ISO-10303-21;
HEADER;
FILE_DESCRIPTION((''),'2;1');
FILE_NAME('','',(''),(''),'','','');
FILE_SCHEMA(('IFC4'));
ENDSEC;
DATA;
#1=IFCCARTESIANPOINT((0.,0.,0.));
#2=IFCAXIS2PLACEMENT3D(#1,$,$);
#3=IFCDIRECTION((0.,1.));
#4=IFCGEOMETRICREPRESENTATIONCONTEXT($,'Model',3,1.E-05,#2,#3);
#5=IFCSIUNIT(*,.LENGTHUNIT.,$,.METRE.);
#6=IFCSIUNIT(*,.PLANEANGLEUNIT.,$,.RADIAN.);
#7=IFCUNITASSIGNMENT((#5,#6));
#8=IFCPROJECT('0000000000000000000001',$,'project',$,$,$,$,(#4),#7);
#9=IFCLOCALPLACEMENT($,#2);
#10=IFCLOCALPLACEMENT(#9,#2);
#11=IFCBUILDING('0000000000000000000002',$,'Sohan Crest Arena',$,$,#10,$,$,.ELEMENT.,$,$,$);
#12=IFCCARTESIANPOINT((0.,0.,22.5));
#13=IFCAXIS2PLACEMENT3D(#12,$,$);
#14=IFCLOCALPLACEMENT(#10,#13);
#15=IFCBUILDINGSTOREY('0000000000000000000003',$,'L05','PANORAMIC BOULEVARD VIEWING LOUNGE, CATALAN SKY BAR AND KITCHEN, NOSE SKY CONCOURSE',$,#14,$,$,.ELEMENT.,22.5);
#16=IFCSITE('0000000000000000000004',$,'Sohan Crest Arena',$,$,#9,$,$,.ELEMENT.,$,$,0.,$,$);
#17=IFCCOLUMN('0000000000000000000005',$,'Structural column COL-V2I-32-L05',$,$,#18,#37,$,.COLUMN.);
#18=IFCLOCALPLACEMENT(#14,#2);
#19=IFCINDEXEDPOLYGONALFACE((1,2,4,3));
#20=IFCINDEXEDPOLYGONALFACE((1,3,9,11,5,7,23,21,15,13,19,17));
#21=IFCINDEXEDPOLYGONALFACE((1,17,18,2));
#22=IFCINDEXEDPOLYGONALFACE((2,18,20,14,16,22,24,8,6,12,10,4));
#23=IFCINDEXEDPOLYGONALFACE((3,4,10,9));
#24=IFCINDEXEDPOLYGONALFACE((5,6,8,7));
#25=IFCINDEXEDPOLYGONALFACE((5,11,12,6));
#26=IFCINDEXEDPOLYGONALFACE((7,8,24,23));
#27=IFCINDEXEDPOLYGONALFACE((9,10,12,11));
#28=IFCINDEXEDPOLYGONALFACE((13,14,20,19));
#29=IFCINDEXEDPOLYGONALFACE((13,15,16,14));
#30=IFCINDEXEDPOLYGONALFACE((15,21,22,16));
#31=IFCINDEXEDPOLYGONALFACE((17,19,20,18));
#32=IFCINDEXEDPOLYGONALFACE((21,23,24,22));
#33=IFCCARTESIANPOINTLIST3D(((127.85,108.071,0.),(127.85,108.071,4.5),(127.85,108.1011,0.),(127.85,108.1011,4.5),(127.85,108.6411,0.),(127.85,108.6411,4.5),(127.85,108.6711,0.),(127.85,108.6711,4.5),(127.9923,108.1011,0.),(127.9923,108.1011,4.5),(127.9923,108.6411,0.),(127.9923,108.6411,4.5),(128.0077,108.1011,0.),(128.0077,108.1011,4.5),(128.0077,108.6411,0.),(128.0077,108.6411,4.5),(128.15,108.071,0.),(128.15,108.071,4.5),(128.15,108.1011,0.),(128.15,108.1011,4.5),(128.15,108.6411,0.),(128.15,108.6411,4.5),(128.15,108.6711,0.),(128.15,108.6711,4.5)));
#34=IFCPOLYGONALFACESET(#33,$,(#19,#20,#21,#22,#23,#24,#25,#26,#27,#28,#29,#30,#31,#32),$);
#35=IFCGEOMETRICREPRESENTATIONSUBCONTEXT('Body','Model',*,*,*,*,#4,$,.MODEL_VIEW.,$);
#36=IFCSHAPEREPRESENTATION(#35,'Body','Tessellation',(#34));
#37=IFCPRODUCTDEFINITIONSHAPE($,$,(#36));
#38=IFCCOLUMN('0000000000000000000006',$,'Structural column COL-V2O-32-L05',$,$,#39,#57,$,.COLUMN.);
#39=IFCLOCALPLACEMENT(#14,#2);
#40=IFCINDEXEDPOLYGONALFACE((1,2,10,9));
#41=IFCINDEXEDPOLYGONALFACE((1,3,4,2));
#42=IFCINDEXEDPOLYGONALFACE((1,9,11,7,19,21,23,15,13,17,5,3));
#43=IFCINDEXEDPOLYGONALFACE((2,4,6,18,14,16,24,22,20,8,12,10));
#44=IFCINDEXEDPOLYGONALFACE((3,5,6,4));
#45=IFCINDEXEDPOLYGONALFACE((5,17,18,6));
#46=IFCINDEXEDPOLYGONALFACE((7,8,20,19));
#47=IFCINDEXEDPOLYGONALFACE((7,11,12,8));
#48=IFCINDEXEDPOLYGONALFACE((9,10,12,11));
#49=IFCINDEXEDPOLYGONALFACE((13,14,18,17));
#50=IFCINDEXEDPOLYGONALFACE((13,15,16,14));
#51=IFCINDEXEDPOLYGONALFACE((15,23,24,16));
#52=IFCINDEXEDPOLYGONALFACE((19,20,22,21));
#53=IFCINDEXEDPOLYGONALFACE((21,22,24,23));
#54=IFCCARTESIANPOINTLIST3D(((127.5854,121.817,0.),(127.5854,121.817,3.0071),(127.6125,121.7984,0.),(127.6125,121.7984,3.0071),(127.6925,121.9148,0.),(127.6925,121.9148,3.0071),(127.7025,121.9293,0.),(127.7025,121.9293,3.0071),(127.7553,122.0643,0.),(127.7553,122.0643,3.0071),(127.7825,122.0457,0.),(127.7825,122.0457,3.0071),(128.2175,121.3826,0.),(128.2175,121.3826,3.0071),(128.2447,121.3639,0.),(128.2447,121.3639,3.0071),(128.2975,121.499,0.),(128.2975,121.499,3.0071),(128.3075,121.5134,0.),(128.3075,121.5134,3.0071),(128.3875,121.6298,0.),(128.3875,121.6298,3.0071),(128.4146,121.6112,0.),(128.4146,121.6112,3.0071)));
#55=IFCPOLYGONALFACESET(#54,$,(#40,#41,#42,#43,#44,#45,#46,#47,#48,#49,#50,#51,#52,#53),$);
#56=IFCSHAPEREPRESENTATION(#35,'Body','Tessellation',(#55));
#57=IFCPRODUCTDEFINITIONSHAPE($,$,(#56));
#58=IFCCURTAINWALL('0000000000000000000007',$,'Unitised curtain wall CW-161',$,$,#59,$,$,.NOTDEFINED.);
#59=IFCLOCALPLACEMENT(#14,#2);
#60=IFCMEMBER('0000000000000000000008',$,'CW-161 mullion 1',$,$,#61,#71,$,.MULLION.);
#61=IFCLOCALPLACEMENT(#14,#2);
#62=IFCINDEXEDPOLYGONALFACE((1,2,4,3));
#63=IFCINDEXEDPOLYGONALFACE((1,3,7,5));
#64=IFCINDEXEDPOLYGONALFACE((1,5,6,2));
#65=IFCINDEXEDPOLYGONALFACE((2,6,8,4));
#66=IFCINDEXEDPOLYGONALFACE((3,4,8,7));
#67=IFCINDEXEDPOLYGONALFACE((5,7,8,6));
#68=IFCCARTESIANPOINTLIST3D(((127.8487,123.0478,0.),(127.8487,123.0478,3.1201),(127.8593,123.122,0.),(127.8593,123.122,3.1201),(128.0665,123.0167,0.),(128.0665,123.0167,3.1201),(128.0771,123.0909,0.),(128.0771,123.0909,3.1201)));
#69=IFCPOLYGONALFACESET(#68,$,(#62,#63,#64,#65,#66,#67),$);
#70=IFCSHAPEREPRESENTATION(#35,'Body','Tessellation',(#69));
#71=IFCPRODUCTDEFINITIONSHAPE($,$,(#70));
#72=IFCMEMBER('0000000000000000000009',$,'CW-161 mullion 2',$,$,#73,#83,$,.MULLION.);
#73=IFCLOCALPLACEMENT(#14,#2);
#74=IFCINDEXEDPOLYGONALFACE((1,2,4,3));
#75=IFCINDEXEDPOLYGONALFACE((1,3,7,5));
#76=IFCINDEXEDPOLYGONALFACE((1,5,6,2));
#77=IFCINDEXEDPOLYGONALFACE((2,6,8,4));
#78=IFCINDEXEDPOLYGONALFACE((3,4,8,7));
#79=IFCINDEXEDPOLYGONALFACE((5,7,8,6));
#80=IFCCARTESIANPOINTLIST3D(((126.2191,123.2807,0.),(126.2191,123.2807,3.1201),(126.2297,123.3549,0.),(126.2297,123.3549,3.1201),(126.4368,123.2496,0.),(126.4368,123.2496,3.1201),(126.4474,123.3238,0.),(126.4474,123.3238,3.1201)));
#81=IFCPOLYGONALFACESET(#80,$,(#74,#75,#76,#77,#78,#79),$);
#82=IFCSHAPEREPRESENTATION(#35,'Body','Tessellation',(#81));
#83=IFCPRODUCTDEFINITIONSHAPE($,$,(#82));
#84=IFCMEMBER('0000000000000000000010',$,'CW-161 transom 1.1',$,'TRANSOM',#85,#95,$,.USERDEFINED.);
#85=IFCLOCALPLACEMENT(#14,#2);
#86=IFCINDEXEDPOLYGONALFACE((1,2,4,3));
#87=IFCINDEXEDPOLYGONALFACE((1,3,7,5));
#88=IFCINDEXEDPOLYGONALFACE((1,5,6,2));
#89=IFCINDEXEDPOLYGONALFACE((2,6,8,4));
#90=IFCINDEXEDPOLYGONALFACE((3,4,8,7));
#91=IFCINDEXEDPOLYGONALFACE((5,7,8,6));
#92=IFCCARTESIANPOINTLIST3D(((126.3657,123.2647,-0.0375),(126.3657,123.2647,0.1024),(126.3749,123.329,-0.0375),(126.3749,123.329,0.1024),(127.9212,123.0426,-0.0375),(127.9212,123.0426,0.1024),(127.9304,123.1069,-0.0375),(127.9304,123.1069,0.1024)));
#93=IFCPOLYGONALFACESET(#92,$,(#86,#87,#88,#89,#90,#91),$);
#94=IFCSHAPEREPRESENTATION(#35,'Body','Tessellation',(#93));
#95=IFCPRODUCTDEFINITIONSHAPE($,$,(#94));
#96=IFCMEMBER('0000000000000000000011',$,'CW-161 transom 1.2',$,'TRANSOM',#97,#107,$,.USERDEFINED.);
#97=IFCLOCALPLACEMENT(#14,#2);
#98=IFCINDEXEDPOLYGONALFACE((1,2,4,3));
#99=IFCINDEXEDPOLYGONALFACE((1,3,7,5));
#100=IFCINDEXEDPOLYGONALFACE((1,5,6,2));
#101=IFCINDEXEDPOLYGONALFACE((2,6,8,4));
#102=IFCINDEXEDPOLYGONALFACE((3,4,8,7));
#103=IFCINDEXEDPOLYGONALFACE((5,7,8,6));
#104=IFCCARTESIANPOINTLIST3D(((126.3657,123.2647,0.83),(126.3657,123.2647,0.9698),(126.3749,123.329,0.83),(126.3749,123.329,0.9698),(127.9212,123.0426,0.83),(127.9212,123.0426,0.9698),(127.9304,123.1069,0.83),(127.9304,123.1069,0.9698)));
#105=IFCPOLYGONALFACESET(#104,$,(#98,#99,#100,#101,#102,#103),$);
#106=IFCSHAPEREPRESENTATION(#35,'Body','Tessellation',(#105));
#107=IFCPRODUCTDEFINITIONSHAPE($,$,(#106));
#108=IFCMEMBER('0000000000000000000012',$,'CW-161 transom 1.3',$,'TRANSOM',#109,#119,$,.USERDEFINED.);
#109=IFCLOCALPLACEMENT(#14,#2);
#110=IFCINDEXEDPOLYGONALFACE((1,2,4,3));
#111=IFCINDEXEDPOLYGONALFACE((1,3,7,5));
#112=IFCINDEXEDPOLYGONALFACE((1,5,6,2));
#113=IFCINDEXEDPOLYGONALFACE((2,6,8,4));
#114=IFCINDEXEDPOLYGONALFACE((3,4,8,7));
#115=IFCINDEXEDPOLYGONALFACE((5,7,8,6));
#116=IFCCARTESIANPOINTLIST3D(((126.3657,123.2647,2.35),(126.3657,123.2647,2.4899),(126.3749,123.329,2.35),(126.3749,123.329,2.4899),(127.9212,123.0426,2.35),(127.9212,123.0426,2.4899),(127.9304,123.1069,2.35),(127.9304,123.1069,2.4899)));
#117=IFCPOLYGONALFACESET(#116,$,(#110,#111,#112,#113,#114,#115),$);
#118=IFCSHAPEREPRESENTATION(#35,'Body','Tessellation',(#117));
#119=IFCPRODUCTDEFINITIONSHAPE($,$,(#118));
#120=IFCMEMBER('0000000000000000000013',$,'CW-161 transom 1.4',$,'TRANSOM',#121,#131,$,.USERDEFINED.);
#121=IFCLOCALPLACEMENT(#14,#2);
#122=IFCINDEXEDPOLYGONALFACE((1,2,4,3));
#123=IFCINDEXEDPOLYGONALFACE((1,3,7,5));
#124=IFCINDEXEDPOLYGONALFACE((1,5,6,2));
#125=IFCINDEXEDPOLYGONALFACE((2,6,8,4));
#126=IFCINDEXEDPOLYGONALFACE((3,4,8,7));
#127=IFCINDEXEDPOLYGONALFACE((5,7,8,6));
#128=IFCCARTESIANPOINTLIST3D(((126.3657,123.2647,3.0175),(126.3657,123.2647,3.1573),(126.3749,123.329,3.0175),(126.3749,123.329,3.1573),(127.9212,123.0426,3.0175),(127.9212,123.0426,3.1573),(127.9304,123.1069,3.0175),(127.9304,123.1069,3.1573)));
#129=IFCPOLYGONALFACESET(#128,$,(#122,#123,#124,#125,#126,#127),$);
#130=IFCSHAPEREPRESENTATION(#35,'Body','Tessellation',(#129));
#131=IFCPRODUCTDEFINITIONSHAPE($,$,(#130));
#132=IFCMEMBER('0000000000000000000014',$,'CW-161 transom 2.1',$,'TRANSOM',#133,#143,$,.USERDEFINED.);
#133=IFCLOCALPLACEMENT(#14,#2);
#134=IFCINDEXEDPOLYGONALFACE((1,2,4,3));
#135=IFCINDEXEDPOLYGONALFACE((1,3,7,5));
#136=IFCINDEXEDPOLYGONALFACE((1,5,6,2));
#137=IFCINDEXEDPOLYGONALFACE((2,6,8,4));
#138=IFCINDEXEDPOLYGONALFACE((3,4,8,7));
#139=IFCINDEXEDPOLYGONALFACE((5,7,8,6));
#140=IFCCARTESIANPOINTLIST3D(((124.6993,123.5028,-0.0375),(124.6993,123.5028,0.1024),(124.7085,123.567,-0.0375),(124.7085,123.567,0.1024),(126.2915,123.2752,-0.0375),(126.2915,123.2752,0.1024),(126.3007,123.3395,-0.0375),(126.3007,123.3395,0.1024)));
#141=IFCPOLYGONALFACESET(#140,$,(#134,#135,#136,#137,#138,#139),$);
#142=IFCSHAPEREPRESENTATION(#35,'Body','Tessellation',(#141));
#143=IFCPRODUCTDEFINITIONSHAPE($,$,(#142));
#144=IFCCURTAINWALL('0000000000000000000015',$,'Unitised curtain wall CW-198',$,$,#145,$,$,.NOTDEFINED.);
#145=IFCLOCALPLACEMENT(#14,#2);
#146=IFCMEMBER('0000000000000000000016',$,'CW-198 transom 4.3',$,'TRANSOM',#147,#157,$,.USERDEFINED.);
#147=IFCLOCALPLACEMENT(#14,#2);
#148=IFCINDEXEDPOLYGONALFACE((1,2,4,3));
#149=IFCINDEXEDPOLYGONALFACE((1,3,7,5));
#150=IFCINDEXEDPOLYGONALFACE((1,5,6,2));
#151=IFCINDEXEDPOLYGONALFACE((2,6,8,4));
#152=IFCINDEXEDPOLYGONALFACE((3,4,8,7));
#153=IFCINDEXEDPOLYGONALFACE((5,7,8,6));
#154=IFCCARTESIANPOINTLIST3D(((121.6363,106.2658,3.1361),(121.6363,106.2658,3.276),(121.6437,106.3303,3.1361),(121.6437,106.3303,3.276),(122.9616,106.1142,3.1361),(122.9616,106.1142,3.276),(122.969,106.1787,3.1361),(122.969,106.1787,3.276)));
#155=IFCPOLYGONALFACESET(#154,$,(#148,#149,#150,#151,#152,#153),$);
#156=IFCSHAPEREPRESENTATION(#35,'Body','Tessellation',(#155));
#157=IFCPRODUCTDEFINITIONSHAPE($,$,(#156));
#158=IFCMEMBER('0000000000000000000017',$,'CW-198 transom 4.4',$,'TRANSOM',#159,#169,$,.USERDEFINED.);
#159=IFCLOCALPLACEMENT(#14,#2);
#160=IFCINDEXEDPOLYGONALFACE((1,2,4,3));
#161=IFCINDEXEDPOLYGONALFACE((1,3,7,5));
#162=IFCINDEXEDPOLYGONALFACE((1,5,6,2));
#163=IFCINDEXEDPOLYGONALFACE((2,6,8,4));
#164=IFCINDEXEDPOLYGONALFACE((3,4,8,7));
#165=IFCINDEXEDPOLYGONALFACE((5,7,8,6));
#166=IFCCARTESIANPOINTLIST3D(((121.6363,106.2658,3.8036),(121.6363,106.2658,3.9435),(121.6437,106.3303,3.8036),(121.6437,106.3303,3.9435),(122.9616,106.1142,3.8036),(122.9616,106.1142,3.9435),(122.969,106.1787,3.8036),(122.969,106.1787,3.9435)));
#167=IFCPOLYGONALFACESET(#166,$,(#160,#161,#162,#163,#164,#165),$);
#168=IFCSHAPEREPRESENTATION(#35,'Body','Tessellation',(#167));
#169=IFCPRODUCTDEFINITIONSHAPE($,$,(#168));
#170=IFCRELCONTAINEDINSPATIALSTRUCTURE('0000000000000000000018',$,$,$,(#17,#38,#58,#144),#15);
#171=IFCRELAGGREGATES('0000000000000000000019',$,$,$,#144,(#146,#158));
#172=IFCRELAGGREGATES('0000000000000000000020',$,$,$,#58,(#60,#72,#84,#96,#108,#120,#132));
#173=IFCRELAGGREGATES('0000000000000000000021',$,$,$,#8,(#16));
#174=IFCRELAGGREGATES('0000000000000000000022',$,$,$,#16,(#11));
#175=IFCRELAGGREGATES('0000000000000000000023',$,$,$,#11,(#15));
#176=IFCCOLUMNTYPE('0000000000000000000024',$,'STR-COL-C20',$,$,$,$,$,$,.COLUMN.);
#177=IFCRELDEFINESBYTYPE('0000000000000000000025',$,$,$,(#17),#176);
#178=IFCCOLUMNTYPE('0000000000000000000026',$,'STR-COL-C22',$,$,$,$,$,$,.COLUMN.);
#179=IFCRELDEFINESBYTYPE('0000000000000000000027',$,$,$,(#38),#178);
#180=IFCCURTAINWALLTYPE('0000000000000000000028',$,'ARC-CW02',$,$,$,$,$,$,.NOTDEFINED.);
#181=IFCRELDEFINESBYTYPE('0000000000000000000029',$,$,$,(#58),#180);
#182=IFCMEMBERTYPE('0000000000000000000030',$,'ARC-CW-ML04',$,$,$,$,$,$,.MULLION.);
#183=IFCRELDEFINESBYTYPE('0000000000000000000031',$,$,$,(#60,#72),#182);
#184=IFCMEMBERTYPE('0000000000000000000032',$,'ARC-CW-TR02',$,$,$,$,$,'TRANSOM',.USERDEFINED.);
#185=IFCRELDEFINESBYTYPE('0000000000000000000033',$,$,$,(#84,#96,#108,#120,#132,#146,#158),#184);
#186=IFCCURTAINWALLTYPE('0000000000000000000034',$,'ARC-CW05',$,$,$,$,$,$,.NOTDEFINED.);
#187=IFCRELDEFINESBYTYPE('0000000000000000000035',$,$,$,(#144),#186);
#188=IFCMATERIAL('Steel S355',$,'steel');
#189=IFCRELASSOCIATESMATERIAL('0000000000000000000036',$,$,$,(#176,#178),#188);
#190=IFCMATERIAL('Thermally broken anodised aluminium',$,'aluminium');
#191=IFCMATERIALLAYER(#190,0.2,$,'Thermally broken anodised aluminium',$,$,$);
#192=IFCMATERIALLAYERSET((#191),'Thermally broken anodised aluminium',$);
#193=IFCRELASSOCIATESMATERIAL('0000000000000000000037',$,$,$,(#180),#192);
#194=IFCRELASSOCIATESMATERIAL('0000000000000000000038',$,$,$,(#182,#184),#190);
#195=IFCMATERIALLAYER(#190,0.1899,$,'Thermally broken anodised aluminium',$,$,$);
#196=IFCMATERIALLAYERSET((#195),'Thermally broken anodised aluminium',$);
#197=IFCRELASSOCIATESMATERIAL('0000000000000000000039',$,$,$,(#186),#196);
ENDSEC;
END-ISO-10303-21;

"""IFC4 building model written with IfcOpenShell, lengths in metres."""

from ifc_helpers import new_model, si_unit, direction, frame, origin, origin_2d, place, context, subcontext, project, spatial, rectangle, i_section, extrude, material, layer, layer_set, material_profile, profile_set, type_object, element, aggregate, save


model = new_model("IFC4")

# Units and contexts
model_context = context("Model", 3, precision=1e-05, world=origin(), true_north=direction((0.0, 1.0)))
body_context = subcontext(model_context, "Body", "Model", "MODEL_VIEW")
ifc_project = project(units=[si_unit("LENGTHUNIT", "METRE"), si_unit("PLANEANGLEUNIT", "RADIAN")], contexts=[model_context])

# Site, building, storey
site_placement = place(None, origin())
site = spatial("IfcSite", under=ifc_project, at=site_placement, Name="Sohan Crest Arena", CompositionType="ELEMENT", RefElevation=0.0)
building_placement = place(site_placement, origin())
building = spatial("IfcBuilding", under=site, at=building_placement, Name="Sohan Crest Arena", CompositionType="ELEMENT")
storey_placement = place(building_placement, frame((0.0, 0.0, 22.5)))
storey = spatial("IfcBuildingStorey", under=building, at=storey_placement, Name="L05", Description="PANORAMIC BOULEVARD VIEWING LOUNGE, CATALAN SKY BAR AND KITCHEN, NOSE SKY CONCOURSE", CompositionType="ELEMENT", Elevation=22.5)

# Columns
ifc_material_1 = material(Name="Steel S355", Category="steel")
ifc_material_profile_1 = material_profile(ifc_material_1, i_section(OverallWidth=0.3, OverallDepth=0.6001, WebThickness=0.0154, FlangeThickness=0.03, at=origin_2d()), Name="HEB 600")
ifc_profile_set_1 = profile_set([ifc_material_profile_1], Name="Steel S355")
column_type_1 = type_object("IfcColumnType", Name="STR-COL-C20", PredefinedType="COLUMN", material=ifc_profile_set_1)
column_1_placement = place(storey_placement, frame((128.0, 108.3711, 0.0), z_axis=(0.0, 0.0, 1.0), x_axis=(1.0, 0.0, 0.0)))
element("IfcColumn", 1, at=column_1_placement, inside=storey, type_object=column_type_1, Name="Structural column COL-V2I-32-L05", PredefinedType="COLUMN", context=body_context, shape_type="SweptSolid", body=[
    extrude(i_section(OverallWidth=0.3, OverallDepth=0.6001, WebThickness=0.0154, FlangeThickness=0.03, at=origin_2d()), origin(), (0.0, 0.0, 1.0), 4.5),
])
ifc_material_profile_2 = material_profile(ifc_material_1, i_section(OverallWidth=0.3, OverallDepth=0.8, WebThickness=0.0176, FlangeThickness=0.033, at=origin_2d()), Name="HEB 800")
ifc_profile_set_2 = profile_set([ifc_material_profile_2], Name="Steel S355")
column_type_2 = type_object("IfcColumnType", Name="STR-COL-C22", PredefinedType="COLUMN", material=ifc_profile_set_2)
column_2_placement = place(storey_placement, frame((128.0, 121.7141, 0.0), z_axis=(0.0, 0.0, 1.0), x_axis=(0.566406, 0.824126, 0.0)))
element("IfcColumn", 2, at=column_2_placement, inside=storey, type_object=column_type_2, Name="Structural column COL-V2O-32-L05", PredefinedType="COLUMN", context=body_context, shape_type="SweptSolid", body=[
    extrude(i_section(OverallWidth=0.3, OverallDepth=0.8, WebThickness=0.0176, FlangeThickness=0.033, at=origin_2d()), origin(), (0.0, 0.0, 1.0), 3.0071),
])

# Curtain walls, members
ifc_material_2 = material(Name="Thermally broken anodised aluminium", Category="aluminium")
ifc_layer_1 = layer(ifc_material_2, 0.2, Name="Thermally broken anodised aluminium")
ifc_layer_set_1 = layer_set([ifc_layer_1], Name="Thermally broken anodised aluminium")
curtain_wall_type_1 = type_object("IfcCurtainWallType", Name="ARC-CW02", PredefinedType="NOTDEFINED", material=ifc_layer_set_1)
curtain_wall_1_placement = place(storey_placement, origin())
curtain_wall_1 = element("IfcCurtainWall", 3, at=curtain_wall_1_placement, inside=storey, type_object=curtain_wall_type_1, Name="Unitised curtain wall CW-161", PredefinedType="NOTDEFINED")
ifc_material_profile_3 = material_profile(ifc_material_2, rectangle(XDim=0.075, YDim=0.22, at=origin_2d()), Name="ALU-MULL 75x220")
ifc_profile_set_3 = profile_set([ifc_material_profile_3], Name="Thermally broken anodised aluminium")
member_type_1 = type_object("IfcMemberType", Name="ARC-CW-ML04", PredefinedType="MULLION", material=ifc_profile_set_3)
member_1_placement = place(storey_placement, frame((127.9629, 123.0693, 0.0), z_axis=(0.0, 0.0, 1.0), x_axis=(-0.141463, -0.989944, 0.0)))
member_1 = element("IfcMember", 4, at=member_1_placement, type_object=member_type_1, Name="CW-161 mullion 1", PredefinedType="MULLION", context=body_context, shape_type="SweptSolid", body=[
    extrude(rectangle(XDim=0.075, YDim=0.22, at=origin_2d()), origin(), (0.0, 0.0, 1.0), 3.1201),
])
member_2_placement = place(storey_placement, frame((126.3333, 123.3022, 0.0), z_axis=(0.0, 0.0, 1.0), x_axis=(-0.141463, -0.989944, 0.0)))
member_2 = element("IfcMember", 5, at=member_2_placement, type_object=member_type_1, Name="CW-161 mullion 2", PredefinedType="MULLION", context=body_context, shape_type="SweptSolid", body=[
    extrude(rectangle(XDim=0.075, YDim=0.22, at=origin_2d()), origin(), (0.0, 0.0, 1.0), 3.1201),
])
ifc_material_profile_4 = material_profile(ifc_material_2, rectangle(XDim=0.0649, YDim=0.1399, at=origin_2d()), Name="ALU-TRAN 65x140")
ifc_profile_set_4 = profile_set([ifc_material_profile_4], Name="Thermally broken anodised aluminium")
member_type_2 = type_object("IfcMemberType", Name="ARC-CW-TR02", ElementType="TRANSOM", PredefinedType="USERDEFINED", material=ifc_profile_set_4)
member_3_placement = place(storey_placement, frame((127.9258, 123.0747, 0.0325), z_axis=(-0.989953, 0.1414, 0.0), x_axis=(-0.1414, -0.989953, 0.0)))
member_3 = element("IfcMember", 6, at=member_3_placement, type_object=member_type_2, Name="CW-161 transom 1.1", ObjectType="TRANSOM", PredefinedType="USERDEFINED", context=body_context, shape_type="SweptSolid", body=[
    extrude(rectangle(XDim=0.0649, YDim=0.1399, at=origin_2d()), origin(), (0.0, 0.0, 1.0), 1.5713),
])
member_4_placement = place(storey_placement, frame((127.9258, 123.0747, 0.8999), z_axis=(-0.989953, 0.1414, 0.0), x_axis=(-0.1414, -0.989953, 0.0)))
member_4 = element("IfcMember", 7, at=member_4_placement, type_object=member_type_2, Name="CW-161 transom 1.2", ObjectType="TRANSOM", PredefinedType="USERDEFINED", context=body_context, shape_type="SweptSolid", body=[
    extrude(rectangle(XDim=0.0649, YDim=0.1399, at=origin_2d()), origin(), (0.0, 0.0, 1.0), 1.5713),
])
member_5_placement = place(storey_placement, frame((127.9258, 123.0747, 2.4199), z_axis=(-0.989953, 0.1414, 0.0), x_axis=(-0.1414, -0.989953, 0.0)))
member_5 = element("IfcMember", 8, at=member_5_placement, type_object=member_type_2, Name="CW-161 transom 1.3", ObjectType="TRANSOM", PredefinedType="USERDEFINED", context=body_context, shape_type="SweptSolid", body=[
    extrude(rectangle(XDim=0.0649, YDim=0.1399, at=origin_2d()), origin(), (0.0, 0.0, 1.0), 1.5713),
])
member_6_placement = place(storey_placement, frame((127.9258, 123.0747, 3.0874), z_axis=(-0.989953, 0.1414, 0.0), x_axis=(-0.1414, -0.989953, 0.0)))
member_6 = element("IfcMember", 9, at=member_6_placement, type_object=member_type_2, Name="CW-161 transom 1.4", ObjectType="TRANSOM", PredefinedType="USERDEFINED", context=body_context, shape_type="SweptSolid", body=[
    extrude(rectangle(XDim=0.0649, YDim=0.1399, at=origin_2d()), origin(), (0.0, 0.0, 1.0), 1.5713),
])
member_7_placement = place(storey_placement, frame((126.2961, 123.3074, 0.0325), z_axis=(-0.989943, 0.141464, 0.0), x_axis=(-0.141464, -0.989943, 0.0)))
member_7 = element("IfcMember", 10, at=member_7_placement, type_object=member_type_2, Name="CW-161 transom 2.1", ObjectType="TRANSOM", PredefinedType="USERDEFINED", context=body_context, shape_type="SweptSolid", body=[
    extrude(rectangle(XDim=0.0649, YDim=0.1399, at=origin_2d()), origin(), (0.0, 0.0, 1.0), 1.6084),
])
ifc_layer_2 = layer(ifc_material_2, 0.1899, Name="Thermally broken anodised aluminium")
ifc_layer_set_2 = layer_set([ifc_layer_2], Name="Thermally broken anodised aluminium")
curtain_wall_type_2 = type_object("IfcCurtainWallType", Name="ARC-CW05", PredefinedType="NOTDEFINED", material=ifc_layer_set_2)
curtain_wall_2_placement = place(storey_placement, origin())
curtain_wall_2 = element("IfcCurtainWall", 11, at=curtain_wall_2_placement, inside=storey, type_object=curtain_wall_type_2, Name="Unitised curtain wall CW-198", PredefinedType="NOTDEFINED")
member_8_placement = place(storey_placement, frame((122.9653, 106.1465, 3.2061), z_axis=(-0.993521, 0.113645, 0.0), x_axis=(-0.113645, -0.993521, 0.0)))
member_8 = element("IfcMember", 12, at=member_8_placement, type_object=member_type_2, Name="CW-198 transom 4.3", ObjectType="TRANSOM", PredefinedType="USERDEFINED", context=body_context, shape_type="SweptSolid", body=[
    extrude(rectangle(XDim=0.0649, YDim=0.1399, at=origin_2d()), origin(), (0.0, 0.0, 1.0), 1.334),
])
member_9_placement = place(storey_placement, frame((122.9653, 106.1465, 3.8735), z_axis=(-0.993521, 0.113645, 0.0), x_axis=(-0.113645, -0.993521, 0.0)))
member_9 = element("IfcMember", 13, at=member_9_placement, type_object=member_type_2, Name="CW-198 transom 4.4", ObjectType="TRANSOM", PredefinedType="USERDEFINED", context=body_context, shape_type="SweptSolid", body=[
    extrude(rectangle(XDim=0.0649, YDim=0.1399, at=origin_2d()), origin(), (0.0, 0.0, 1.0), 1.334),
])
aggregate(curtain_wall_2, [member_8, member_9])

aggregate(curtain_wall_1, [member_1, member_2, member_3, member_4, member_5, member_6, member_7])

save(model, "model.ifc")
